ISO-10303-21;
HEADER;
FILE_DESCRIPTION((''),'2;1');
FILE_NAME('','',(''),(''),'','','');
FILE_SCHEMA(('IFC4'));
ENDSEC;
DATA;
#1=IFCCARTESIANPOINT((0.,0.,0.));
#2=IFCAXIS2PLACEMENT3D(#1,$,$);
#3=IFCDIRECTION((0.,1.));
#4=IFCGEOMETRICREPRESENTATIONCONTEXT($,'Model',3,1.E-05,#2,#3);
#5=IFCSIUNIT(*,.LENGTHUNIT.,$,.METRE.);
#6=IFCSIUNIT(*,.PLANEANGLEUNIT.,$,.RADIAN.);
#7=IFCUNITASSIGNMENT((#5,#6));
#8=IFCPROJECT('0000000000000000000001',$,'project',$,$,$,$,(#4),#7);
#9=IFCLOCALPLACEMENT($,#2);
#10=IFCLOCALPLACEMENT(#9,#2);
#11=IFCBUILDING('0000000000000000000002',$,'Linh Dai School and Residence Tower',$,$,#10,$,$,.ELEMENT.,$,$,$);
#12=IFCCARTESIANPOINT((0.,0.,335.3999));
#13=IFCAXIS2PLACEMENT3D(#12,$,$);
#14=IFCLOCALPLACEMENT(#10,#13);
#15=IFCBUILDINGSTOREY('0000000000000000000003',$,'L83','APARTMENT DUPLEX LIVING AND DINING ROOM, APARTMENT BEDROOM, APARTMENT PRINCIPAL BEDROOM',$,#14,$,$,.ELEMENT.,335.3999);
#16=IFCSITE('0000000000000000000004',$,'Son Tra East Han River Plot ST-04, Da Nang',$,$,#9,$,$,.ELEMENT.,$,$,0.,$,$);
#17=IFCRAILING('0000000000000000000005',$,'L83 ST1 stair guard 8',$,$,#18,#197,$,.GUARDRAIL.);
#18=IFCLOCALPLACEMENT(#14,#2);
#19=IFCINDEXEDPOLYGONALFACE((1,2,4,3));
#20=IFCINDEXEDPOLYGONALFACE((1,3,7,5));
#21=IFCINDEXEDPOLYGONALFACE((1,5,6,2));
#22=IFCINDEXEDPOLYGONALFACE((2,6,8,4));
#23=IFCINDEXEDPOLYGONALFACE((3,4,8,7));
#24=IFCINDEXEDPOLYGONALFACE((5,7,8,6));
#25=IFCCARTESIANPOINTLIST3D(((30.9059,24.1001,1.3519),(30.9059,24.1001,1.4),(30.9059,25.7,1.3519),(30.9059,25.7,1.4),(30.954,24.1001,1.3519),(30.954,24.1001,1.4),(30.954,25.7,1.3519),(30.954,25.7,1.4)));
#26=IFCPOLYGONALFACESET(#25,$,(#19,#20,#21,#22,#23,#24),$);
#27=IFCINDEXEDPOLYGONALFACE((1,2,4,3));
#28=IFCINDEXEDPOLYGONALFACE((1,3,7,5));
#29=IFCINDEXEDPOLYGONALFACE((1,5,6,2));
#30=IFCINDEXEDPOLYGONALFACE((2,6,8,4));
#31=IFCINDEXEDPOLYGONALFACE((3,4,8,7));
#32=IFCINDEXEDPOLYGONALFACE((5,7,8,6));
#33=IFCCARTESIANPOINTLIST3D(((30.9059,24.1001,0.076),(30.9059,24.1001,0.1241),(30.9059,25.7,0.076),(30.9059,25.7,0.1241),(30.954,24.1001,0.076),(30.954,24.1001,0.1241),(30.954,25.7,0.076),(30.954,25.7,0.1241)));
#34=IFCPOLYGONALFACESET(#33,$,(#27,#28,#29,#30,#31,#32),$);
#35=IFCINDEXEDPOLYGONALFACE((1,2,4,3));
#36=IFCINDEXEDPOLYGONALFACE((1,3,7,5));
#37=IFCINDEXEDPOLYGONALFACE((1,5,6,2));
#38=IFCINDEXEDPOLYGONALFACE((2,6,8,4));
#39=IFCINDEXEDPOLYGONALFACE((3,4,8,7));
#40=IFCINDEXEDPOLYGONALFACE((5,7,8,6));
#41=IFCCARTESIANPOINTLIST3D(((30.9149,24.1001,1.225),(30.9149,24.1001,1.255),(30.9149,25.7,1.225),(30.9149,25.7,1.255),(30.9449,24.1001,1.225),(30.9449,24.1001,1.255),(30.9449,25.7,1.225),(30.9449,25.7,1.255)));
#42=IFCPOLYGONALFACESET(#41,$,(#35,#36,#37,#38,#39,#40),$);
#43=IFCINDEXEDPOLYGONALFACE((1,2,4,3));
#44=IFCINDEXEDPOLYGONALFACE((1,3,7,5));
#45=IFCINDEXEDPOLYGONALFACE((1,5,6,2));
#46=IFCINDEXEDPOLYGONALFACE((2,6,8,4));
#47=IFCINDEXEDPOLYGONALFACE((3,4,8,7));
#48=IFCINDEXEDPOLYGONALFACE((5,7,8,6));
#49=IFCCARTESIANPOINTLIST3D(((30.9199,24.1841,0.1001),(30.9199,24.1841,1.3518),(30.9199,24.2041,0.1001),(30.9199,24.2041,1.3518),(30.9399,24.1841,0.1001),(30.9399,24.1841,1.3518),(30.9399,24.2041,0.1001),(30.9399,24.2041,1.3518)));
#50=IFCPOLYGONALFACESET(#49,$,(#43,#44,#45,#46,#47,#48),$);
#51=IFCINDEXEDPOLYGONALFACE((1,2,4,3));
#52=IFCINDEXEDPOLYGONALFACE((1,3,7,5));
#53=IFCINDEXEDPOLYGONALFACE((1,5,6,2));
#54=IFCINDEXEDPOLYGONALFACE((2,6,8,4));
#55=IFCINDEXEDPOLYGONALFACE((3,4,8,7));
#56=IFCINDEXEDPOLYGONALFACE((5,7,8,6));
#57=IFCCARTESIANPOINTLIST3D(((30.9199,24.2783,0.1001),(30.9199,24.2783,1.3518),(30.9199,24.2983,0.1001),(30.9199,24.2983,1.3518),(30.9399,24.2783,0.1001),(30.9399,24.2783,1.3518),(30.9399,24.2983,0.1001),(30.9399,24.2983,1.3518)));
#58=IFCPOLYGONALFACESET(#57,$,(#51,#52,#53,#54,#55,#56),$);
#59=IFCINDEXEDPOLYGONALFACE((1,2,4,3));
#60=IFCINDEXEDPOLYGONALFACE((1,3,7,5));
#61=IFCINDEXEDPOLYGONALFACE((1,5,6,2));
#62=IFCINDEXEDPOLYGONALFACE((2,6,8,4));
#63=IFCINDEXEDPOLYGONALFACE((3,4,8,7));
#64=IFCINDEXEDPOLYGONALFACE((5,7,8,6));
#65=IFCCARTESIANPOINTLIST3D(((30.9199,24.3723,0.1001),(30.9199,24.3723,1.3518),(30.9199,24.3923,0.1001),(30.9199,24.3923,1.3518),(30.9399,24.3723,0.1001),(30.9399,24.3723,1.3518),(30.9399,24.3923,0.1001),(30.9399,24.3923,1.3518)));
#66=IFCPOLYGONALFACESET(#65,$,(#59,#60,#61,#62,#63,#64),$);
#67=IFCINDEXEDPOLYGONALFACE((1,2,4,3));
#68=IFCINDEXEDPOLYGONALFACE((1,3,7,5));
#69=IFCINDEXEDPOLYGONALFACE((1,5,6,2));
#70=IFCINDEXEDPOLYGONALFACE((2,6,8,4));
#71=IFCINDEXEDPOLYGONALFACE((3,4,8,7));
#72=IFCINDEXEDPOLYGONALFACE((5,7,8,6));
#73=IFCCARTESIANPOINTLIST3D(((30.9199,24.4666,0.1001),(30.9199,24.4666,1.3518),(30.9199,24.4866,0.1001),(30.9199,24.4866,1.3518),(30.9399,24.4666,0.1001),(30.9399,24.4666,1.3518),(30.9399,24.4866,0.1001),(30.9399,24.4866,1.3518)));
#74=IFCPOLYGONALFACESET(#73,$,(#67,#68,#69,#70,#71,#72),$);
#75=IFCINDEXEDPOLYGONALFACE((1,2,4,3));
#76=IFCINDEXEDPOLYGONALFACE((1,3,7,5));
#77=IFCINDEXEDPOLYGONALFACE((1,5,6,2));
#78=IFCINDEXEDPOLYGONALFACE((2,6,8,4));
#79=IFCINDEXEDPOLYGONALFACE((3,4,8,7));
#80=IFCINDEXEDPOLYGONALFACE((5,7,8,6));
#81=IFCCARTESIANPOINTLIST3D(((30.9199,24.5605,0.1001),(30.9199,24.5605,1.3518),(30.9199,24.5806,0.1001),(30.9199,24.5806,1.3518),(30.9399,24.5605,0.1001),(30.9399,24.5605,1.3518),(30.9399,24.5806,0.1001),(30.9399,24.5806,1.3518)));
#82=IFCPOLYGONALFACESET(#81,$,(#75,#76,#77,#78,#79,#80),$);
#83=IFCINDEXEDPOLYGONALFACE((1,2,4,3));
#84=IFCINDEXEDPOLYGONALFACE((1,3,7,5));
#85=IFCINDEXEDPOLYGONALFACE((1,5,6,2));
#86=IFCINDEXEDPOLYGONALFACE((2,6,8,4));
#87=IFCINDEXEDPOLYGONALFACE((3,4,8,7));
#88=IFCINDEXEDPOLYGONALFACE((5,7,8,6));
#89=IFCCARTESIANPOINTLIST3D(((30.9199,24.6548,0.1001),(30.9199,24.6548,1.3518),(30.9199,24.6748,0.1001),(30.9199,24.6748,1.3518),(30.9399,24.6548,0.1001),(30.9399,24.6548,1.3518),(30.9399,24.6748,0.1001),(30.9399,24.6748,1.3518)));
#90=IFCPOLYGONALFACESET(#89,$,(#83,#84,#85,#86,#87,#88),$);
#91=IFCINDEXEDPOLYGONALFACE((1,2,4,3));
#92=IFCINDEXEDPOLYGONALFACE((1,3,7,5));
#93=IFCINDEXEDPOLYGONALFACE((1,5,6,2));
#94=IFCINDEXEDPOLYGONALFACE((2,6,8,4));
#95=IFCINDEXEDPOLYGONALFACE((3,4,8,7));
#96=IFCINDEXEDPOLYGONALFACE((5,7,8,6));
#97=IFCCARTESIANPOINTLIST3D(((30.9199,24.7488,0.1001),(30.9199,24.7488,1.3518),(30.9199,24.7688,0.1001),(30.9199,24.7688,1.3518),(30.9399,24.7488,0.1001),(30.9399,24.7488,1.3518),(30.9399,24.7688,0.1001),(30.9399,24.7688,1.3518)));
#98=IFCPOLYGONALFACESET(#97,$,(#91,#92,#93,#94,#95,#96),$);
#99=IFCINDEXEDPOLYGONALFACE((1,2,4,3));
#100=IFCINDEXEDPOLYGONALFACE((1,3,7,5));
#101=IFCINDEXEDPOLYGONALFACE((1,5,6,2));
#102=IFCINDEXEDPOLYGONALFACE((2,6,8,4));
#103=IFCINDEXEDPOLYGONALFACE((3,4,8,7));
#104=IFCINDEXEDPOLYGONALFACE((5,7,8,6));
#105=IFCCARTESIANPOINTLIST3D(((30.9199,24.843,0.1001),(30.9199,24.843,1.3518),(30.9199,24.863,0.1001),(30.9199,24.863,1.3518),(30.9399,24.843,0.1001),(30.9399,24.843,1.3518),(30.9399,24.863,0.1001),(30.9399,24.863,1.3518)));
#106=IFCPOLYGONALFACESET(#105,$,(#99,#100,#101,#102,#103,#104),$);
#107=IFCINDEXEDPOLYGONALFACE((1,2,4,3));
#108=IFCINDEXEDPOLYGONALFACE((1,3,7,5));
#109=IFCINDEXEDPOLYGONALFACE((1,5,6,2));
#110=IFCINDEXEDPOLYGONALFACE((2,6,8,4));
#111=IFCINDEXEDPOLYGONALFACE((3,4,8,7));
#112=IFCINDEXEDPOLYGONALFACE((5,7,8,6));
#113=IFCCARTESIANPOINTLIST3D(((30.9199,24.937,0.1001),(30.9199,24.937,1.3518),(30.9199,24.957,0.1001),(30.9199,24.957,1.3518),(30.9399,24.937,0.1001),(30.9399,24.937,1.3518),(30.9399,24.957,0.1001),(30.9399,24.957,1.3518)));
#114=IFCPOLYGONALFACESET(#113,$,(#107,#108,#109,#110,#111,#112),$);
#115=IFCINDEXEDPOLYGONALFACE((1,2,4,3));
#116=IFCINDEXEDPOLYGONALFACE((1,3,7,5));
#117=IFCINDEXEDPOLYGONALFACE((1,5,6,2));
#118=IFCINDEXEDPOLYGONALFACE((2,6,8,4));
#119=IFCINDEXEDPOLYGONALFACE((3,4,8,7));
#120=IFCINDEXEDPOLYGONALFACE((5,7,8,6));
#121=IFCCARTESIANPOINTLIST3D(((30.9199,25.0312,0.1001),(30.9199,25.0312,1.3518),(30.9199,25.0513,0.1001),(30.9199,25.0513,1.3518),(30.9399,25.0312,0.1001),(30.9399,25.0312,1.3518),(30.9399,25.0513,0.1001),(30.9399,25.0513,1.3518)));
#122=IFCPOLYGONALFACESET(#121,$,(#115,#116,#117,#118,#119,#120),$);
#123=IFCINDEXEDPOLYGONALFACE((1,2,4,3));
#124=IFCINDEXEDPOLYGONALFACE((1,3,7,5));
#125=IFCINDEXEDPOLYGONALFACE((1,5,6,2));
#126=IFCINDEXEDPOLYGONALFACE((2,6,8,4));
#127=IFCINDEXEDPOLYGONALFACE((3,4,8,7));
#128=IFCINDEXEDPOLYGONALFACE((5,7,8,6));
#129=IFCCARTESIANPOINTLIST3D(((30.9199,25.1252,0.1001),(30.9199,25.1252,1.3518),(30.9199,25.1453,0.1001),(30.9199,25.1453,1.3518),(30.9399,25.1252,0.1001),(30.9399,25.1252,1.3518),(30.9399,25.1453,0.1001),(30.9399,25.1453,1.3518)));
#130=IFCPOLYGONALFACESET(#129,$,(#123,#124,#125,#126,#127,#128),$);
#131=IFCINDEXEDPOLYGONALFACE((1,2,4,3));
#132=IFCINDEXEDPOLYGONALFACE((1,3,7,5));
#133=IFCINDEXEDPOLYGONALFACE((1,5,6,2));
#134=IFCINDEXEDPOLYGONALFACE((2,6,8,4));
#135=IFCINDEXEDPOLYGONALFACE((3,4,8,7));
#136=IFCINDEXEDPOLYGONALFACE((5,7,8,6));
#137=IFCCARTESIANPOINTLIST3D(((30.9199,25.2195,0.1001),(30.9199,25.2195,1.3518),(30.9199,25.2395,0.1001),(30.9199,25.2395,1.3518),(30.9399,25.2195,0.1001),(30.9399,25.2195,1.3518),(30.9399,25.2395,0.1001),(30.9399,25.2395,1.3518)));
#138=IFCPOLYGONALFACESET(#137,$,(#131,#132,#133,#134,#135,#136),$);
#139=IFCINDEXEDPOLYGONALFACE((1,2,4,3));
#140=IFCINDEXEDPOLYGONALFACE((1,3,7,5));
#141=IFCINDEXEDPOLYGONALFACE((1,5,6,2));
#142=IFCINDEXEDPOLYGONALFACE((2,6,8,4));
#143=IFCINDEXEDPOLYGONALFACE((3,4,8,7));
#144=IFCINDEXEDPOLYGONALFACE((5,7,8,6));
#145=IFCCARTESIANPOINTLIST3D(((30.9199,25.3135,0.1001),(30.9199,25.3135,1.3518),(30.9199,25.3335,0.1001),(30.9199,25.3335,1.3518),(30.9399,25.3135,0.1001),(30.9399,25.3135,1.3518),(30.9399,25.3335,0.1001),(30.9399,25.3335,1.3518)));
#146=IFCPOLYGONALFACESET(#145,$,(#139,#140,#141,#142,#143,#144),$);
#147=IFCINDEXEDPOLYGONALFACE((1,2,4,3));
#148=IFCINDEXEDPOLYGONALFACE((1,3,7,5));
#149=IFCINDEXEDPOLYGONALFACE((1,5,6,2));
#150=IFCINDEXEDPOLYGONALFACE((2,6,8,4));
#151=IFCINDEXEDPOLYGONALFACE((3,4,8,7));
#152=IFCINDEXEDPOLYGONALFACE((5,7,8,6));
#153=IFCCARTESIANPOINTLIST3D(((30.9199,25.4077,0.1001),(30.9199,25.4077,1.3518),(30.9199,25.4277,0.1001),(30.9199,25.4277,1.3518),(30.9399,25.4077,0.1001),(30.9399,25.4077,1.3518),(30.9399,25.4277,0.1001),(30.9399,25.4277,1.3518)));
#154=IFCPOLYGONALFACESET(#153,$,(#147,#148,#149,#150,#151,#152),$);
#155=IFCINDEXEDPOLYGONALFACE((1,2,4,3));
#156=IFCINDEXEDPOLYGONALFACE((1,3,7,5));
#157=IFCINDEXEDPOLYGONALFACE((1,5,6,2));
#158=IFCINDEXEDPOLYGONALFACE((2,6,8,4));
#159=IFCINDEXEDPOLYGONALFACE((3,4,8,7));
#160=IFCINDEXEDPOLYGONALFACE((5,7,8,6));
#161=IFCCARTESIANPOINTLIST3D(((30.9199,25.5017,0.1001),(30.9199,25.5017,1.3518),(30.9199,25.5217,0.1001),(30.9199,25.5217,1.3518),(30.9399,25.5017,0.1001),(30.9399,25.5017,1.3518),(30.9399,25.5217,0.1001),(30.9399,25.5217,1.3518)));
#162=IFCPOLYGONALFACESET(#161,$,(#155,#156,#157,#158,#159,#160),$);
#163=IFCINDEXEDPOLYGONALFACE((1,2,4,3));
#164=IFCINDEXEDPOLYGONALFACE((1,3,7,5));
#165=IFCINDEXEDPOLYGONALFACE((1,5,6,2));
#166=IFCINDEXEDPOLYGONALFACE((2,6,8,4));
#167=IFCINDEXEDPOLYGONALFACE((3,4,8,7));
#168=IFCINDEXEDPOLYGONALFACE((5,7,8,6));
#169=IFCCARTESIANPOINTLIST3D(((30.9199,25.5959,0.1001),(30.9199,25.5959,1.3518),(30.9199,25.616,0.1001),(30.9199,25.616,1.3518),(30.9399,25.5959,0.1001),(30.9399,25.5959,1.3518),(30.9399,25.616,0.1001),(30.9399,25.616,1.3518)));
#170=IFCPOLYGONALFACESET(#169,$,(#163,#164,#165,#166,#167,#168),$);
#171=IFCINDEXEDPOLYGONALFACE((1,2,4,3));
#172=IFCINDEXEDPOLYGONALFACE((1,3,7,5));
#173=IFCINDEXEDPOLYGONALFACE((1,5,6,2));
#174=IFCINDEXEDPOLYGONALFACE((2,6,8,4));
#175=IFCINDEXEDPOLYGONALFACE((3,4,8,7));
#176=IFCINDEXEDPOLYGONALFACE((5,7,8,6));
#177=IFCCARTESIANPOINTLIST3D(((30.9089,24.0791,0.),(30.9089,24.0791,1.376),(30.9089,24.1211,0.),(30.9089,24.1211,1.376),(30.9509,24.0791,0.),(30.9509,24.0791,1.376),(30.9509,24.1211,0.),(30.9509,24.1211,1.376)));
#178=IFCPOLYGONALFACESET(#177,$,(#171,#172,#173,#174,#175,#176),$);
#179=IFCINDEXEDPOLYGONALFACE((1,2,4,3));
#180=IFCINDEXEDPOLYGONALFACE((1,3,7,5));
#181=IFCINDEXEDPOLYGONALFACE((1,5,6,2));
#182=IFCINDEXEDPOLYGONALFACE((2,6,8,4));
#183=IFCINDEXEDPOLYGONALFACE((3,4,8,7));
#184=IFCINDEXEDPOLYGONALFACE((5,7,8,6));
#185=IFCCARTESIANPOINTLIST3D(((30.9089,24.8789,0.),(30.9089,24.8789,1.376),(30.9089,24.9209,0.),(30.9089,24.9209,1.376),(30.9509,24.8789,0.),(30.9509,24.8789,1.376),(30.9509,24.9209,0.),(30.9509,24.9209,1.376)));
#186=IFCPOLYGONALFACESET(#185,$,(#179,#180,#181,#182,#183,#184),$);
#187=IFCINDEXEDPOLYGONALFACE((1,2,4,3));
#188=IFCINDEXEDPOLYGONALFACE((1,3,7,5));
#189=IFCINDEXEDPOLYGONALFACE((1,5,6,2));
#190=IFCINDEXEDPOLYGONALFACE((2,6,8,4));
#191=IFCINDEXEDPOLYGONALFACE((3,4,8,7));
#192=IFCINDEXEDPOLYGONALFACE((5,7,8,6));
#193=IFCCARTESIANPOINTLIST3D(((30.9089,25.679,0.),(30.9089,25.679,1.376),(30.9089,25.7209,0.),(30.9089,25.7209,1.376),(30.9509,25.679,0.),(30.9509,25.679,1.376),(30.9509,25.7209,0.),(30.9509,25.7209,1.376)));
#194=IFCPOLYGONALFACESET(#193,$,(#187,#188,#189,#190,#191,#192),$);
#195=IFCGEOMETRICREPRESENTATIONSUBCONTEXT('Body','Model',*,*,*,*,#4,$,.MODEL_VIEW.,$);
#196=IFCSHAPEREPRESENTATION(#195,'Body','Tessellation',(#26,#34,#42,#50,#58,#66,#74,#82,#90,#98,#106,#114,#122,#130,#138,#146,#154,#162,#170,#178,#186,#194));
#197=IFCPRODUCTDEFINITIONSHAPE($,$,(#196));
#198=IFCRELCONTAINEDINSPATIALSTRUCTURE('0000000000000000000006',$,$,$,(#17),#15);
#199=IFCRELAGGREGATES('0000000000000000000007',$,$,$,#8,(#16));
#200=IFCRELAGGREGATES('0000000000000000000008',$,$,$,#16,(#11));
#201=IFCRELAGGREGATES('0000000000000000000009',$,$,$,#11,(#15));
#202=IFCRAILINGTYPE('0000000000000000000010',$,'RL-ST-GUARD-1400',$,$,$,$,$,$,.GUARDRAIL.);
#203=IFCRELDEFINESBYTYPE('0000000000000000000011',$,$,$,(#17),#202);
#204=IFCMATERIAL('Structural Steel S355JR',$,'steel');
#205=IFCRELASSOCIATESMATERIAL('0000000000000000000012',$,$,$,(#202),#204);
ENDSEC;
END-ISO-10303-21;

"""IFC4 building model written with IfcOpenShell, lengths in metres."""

from ifc_helpers import new_model, si_unit, direction, frame, origin, origin_2d, place, context, subcontext, project, spatial, rectangle, extrude, source, transform, mapped, material, type_object, element, save


model = new_model("IFC4")

# Units and contexts
model_context = context("Model", 3, precision=1e-05, world=origin(), true_north=direction((0.0, 1.0)))
body_context = subcontext(model_context, "Body", "Model", "MODEL_VIEW")
ifc_project = project(units=[si_unit("LENGTHUNIT", "METRE"), si_unit("PLANEANGLEUNIT", "RADIAN")], contexts=[model_context])

# Site, building, storey
site_placement = place(None, origin())
site = spatial("IfcSite", under=ifc_project, at=site_placement, Name="Son Tra East Han River Plot ST-04, Da Nang", CompositionType="ELEMENT", RefElevation=0.0)
building_placement = place(site_placement, origin())
building = spatial("IfcBuilding", under=site, at=building_placement, Name="Linh Dai School and Residence Tower", CompositionType="ELEMENT")
storey_placement = place(building_placement, frame((0.0, 0.0, 335.3999)))
storey = spatial("IfcBuildingStorey", under=building, at=storey_placement, Name="L83", Description="APARTMENT DUPLEX LIVING AND DINING ROOM, APARTMENT BEDROOM, APARTMENT PRINCIPAL BEDROOM", CompositionType="ELEMENT", Elevation=335.3999)

# Shared definitions
ifc_material_1 = material(Name="Structural Steel S355JR", Category="steel")

# Railing
railing_type_1 = type_object("IfcRailingType", Name="RL-ST-GUARD-1400", PredefinedType="GUARDRAIL", material=ifc_material_1)
shared_shape_1 = source(origin(), body_context, "Body", "SweptSolid", [
    extrude(rectangle(XDim=0.0481, YDim=0.0481, at=origin_2d()), frame((0.0, 0.0, 1.376), z_axis=(0.0, 1.0, 0.0), x_axis=(-1.0, 0.0, 0.0)), (0.0, 0.0, 1.0), 1.5999),
    extrude(rectangle(XDim=0.0481, YDim=0.0481, at=origin_2d()), frame((0.0, 0.0, 0.1001), z_axis=(0.0, 1.0, 0.0), x_axis=(-1.0, 0.0, 0.0)), (0.0, 0.0, 1.0), 1.5999),
    extrude(rectangle(XDim=0.03, YDim=0.03, at=origin_2d()), frame((0.0, 0.0, 1.24), z_axis=(0.0, 1.0, 0.0), x_axis=(-1.0, 0.0, 0.0)), (0.0, 0.0, 1.0), 1.5999),
    extrude(rectangle(XDim=0.02, YDim=0.02, at=origin_2d()), frame((0.0, 0.094, 0.1001)), (0.0, 0.0, 1.0), 1.2517),
    extrude(rectangle(XDim=0.02, YDim=0.02, at=origin_2d()), frame((0.0, 0.1882, 0.1001)), (0.0, 0.0, 1.0), 1.2517),
    extrude(rectangle(XDim=0.02, YDim=0.02, at=origin_2d()), frame((0.0, 0.2822, 0.1001)), (0.0, 0.0, 1.0), 1.2517),
    extrude(rectangle(XDim=0.02, YDim=0.02, at=origin_2d()), frame((0.0, 0.3765, 0.1001)), (0.0, 0.0, 1.0), 1.2517),
    extrude(rectangle(XDim=0.02, YDim=0.02, at=origin_2d()), frame((0.0, 0.4705, 0.1001)), (0.0, 0.0, 1.0), 1.2517),
    extrude(rectangle(XDim=0.02, YDim=0.02, at=origin_2d()), frame((0.0, 0.5647, 0.1001)), (0.0, 0.0, 1.0), 1.2517),
    extrude(rectangle(XDim=0.02, YDim=0.02, at=origin_2d()), frame((0.0, 0.6587, 0.1001)), (0.0, 0.0, 1.0), 1.2517),
    extrude(rectangle(XDim=0.02, YDim=0.02, at=origin_2d()), frame((0.0, 0.7529, 0.1001)), (0.0, 0.0, 1.0), 1.2517),
    extrude(rectangle(XDim=0.02, YDim=0.02, at=origin_2d()), frame((0.0, 0.8469, 0.1001)), (0.0, 0.0, 1.0), 1.2517),
    extrude(rectangle(XDim=0.02, YDim=0.02, at=origin_2d()), frame((0.0, 0.9412, 0.1001)), (0.0, 0.0, 1.0), 1.2517),
    extrude(rectangle(XDim=0.02, YDim=0.02, at=origin_2d()), frame((0.0, 1.0352, 0.1001)), (0.0, 0.0, 1.0), 1.2517),
    extrude(rectangle(XDim=0.02, YDim=0.02, at=origin_2d()), frame((0.0, 1.1294, 0.1001)), (0.0, 0.0, 1.0), 1.2517),
    extrude(rectangle(XDim=0.02, YDim=0.02, at=origin_2d()), frame((0.0, 1.2234, 0.1001)), (0.0, 0.0, 1.0), 1.2517),
    extrude(rectangle(XDim=0.02, YDim=0.02, at=origin_2d()), frame((0.0, 1.3176, 0.1001)), (0.0, 0.0, 1.0), 1.2517),
    extrude(rectangle(XDim=0.02, YDim=0.02, at=origin_2d()), frame((0.0, 1.4116, 0.1001)), (0.0, 0.0, 1.0), 1.2517),
    extrude(rectangle(XDim=0.02, YDim=0.02, at=origin_2d()), frame((0.0, 1.5059, 0.1001)), (0.0, 0.0, 1.0), 1.2517),
    extrude(rectangle(XDim=0.042, YDim=0.042, at=origin_2d()), origin(), (0.0, 0.0, 1.0), 1.376),
    extrude(rectangle(XDim=0.042, YDim=0.042, at=origin_2d()), frame((0.0, 0.7998, 0.0)), (0.0, 0.0, 1.0), 1.376),
    extrude(rectangle(XDim=0.042, YDim=0.042, at=origin_2d()), frame((0.0, 1.5999, 0.0)), (0.0, 0.0, 1.0), 1.376),
])
for number, where, name in (
    (1, (30.9299, 24.1001, 0.0), "L83 ST1 stair guard 8"),
):
    element("IfcRailing", number, at=place(storey_placement, frame(where)), inside=storey, type_object=railing_type_1, Name=name, PredefinedType="GUARDRAIL", context=body_context, shape_type="MappedRepresentation", body=[
        mapped(shared_shape_1, transform((0.0, 0.0, 0.0), x_axis=(1.0, 0.0, 0.0), y_axis=(0.0, 1.0, 0.0), z_axis=(0.0, 0.0, 1.0), scale=1.0)),
    ])

save(model, "model.ifc")
